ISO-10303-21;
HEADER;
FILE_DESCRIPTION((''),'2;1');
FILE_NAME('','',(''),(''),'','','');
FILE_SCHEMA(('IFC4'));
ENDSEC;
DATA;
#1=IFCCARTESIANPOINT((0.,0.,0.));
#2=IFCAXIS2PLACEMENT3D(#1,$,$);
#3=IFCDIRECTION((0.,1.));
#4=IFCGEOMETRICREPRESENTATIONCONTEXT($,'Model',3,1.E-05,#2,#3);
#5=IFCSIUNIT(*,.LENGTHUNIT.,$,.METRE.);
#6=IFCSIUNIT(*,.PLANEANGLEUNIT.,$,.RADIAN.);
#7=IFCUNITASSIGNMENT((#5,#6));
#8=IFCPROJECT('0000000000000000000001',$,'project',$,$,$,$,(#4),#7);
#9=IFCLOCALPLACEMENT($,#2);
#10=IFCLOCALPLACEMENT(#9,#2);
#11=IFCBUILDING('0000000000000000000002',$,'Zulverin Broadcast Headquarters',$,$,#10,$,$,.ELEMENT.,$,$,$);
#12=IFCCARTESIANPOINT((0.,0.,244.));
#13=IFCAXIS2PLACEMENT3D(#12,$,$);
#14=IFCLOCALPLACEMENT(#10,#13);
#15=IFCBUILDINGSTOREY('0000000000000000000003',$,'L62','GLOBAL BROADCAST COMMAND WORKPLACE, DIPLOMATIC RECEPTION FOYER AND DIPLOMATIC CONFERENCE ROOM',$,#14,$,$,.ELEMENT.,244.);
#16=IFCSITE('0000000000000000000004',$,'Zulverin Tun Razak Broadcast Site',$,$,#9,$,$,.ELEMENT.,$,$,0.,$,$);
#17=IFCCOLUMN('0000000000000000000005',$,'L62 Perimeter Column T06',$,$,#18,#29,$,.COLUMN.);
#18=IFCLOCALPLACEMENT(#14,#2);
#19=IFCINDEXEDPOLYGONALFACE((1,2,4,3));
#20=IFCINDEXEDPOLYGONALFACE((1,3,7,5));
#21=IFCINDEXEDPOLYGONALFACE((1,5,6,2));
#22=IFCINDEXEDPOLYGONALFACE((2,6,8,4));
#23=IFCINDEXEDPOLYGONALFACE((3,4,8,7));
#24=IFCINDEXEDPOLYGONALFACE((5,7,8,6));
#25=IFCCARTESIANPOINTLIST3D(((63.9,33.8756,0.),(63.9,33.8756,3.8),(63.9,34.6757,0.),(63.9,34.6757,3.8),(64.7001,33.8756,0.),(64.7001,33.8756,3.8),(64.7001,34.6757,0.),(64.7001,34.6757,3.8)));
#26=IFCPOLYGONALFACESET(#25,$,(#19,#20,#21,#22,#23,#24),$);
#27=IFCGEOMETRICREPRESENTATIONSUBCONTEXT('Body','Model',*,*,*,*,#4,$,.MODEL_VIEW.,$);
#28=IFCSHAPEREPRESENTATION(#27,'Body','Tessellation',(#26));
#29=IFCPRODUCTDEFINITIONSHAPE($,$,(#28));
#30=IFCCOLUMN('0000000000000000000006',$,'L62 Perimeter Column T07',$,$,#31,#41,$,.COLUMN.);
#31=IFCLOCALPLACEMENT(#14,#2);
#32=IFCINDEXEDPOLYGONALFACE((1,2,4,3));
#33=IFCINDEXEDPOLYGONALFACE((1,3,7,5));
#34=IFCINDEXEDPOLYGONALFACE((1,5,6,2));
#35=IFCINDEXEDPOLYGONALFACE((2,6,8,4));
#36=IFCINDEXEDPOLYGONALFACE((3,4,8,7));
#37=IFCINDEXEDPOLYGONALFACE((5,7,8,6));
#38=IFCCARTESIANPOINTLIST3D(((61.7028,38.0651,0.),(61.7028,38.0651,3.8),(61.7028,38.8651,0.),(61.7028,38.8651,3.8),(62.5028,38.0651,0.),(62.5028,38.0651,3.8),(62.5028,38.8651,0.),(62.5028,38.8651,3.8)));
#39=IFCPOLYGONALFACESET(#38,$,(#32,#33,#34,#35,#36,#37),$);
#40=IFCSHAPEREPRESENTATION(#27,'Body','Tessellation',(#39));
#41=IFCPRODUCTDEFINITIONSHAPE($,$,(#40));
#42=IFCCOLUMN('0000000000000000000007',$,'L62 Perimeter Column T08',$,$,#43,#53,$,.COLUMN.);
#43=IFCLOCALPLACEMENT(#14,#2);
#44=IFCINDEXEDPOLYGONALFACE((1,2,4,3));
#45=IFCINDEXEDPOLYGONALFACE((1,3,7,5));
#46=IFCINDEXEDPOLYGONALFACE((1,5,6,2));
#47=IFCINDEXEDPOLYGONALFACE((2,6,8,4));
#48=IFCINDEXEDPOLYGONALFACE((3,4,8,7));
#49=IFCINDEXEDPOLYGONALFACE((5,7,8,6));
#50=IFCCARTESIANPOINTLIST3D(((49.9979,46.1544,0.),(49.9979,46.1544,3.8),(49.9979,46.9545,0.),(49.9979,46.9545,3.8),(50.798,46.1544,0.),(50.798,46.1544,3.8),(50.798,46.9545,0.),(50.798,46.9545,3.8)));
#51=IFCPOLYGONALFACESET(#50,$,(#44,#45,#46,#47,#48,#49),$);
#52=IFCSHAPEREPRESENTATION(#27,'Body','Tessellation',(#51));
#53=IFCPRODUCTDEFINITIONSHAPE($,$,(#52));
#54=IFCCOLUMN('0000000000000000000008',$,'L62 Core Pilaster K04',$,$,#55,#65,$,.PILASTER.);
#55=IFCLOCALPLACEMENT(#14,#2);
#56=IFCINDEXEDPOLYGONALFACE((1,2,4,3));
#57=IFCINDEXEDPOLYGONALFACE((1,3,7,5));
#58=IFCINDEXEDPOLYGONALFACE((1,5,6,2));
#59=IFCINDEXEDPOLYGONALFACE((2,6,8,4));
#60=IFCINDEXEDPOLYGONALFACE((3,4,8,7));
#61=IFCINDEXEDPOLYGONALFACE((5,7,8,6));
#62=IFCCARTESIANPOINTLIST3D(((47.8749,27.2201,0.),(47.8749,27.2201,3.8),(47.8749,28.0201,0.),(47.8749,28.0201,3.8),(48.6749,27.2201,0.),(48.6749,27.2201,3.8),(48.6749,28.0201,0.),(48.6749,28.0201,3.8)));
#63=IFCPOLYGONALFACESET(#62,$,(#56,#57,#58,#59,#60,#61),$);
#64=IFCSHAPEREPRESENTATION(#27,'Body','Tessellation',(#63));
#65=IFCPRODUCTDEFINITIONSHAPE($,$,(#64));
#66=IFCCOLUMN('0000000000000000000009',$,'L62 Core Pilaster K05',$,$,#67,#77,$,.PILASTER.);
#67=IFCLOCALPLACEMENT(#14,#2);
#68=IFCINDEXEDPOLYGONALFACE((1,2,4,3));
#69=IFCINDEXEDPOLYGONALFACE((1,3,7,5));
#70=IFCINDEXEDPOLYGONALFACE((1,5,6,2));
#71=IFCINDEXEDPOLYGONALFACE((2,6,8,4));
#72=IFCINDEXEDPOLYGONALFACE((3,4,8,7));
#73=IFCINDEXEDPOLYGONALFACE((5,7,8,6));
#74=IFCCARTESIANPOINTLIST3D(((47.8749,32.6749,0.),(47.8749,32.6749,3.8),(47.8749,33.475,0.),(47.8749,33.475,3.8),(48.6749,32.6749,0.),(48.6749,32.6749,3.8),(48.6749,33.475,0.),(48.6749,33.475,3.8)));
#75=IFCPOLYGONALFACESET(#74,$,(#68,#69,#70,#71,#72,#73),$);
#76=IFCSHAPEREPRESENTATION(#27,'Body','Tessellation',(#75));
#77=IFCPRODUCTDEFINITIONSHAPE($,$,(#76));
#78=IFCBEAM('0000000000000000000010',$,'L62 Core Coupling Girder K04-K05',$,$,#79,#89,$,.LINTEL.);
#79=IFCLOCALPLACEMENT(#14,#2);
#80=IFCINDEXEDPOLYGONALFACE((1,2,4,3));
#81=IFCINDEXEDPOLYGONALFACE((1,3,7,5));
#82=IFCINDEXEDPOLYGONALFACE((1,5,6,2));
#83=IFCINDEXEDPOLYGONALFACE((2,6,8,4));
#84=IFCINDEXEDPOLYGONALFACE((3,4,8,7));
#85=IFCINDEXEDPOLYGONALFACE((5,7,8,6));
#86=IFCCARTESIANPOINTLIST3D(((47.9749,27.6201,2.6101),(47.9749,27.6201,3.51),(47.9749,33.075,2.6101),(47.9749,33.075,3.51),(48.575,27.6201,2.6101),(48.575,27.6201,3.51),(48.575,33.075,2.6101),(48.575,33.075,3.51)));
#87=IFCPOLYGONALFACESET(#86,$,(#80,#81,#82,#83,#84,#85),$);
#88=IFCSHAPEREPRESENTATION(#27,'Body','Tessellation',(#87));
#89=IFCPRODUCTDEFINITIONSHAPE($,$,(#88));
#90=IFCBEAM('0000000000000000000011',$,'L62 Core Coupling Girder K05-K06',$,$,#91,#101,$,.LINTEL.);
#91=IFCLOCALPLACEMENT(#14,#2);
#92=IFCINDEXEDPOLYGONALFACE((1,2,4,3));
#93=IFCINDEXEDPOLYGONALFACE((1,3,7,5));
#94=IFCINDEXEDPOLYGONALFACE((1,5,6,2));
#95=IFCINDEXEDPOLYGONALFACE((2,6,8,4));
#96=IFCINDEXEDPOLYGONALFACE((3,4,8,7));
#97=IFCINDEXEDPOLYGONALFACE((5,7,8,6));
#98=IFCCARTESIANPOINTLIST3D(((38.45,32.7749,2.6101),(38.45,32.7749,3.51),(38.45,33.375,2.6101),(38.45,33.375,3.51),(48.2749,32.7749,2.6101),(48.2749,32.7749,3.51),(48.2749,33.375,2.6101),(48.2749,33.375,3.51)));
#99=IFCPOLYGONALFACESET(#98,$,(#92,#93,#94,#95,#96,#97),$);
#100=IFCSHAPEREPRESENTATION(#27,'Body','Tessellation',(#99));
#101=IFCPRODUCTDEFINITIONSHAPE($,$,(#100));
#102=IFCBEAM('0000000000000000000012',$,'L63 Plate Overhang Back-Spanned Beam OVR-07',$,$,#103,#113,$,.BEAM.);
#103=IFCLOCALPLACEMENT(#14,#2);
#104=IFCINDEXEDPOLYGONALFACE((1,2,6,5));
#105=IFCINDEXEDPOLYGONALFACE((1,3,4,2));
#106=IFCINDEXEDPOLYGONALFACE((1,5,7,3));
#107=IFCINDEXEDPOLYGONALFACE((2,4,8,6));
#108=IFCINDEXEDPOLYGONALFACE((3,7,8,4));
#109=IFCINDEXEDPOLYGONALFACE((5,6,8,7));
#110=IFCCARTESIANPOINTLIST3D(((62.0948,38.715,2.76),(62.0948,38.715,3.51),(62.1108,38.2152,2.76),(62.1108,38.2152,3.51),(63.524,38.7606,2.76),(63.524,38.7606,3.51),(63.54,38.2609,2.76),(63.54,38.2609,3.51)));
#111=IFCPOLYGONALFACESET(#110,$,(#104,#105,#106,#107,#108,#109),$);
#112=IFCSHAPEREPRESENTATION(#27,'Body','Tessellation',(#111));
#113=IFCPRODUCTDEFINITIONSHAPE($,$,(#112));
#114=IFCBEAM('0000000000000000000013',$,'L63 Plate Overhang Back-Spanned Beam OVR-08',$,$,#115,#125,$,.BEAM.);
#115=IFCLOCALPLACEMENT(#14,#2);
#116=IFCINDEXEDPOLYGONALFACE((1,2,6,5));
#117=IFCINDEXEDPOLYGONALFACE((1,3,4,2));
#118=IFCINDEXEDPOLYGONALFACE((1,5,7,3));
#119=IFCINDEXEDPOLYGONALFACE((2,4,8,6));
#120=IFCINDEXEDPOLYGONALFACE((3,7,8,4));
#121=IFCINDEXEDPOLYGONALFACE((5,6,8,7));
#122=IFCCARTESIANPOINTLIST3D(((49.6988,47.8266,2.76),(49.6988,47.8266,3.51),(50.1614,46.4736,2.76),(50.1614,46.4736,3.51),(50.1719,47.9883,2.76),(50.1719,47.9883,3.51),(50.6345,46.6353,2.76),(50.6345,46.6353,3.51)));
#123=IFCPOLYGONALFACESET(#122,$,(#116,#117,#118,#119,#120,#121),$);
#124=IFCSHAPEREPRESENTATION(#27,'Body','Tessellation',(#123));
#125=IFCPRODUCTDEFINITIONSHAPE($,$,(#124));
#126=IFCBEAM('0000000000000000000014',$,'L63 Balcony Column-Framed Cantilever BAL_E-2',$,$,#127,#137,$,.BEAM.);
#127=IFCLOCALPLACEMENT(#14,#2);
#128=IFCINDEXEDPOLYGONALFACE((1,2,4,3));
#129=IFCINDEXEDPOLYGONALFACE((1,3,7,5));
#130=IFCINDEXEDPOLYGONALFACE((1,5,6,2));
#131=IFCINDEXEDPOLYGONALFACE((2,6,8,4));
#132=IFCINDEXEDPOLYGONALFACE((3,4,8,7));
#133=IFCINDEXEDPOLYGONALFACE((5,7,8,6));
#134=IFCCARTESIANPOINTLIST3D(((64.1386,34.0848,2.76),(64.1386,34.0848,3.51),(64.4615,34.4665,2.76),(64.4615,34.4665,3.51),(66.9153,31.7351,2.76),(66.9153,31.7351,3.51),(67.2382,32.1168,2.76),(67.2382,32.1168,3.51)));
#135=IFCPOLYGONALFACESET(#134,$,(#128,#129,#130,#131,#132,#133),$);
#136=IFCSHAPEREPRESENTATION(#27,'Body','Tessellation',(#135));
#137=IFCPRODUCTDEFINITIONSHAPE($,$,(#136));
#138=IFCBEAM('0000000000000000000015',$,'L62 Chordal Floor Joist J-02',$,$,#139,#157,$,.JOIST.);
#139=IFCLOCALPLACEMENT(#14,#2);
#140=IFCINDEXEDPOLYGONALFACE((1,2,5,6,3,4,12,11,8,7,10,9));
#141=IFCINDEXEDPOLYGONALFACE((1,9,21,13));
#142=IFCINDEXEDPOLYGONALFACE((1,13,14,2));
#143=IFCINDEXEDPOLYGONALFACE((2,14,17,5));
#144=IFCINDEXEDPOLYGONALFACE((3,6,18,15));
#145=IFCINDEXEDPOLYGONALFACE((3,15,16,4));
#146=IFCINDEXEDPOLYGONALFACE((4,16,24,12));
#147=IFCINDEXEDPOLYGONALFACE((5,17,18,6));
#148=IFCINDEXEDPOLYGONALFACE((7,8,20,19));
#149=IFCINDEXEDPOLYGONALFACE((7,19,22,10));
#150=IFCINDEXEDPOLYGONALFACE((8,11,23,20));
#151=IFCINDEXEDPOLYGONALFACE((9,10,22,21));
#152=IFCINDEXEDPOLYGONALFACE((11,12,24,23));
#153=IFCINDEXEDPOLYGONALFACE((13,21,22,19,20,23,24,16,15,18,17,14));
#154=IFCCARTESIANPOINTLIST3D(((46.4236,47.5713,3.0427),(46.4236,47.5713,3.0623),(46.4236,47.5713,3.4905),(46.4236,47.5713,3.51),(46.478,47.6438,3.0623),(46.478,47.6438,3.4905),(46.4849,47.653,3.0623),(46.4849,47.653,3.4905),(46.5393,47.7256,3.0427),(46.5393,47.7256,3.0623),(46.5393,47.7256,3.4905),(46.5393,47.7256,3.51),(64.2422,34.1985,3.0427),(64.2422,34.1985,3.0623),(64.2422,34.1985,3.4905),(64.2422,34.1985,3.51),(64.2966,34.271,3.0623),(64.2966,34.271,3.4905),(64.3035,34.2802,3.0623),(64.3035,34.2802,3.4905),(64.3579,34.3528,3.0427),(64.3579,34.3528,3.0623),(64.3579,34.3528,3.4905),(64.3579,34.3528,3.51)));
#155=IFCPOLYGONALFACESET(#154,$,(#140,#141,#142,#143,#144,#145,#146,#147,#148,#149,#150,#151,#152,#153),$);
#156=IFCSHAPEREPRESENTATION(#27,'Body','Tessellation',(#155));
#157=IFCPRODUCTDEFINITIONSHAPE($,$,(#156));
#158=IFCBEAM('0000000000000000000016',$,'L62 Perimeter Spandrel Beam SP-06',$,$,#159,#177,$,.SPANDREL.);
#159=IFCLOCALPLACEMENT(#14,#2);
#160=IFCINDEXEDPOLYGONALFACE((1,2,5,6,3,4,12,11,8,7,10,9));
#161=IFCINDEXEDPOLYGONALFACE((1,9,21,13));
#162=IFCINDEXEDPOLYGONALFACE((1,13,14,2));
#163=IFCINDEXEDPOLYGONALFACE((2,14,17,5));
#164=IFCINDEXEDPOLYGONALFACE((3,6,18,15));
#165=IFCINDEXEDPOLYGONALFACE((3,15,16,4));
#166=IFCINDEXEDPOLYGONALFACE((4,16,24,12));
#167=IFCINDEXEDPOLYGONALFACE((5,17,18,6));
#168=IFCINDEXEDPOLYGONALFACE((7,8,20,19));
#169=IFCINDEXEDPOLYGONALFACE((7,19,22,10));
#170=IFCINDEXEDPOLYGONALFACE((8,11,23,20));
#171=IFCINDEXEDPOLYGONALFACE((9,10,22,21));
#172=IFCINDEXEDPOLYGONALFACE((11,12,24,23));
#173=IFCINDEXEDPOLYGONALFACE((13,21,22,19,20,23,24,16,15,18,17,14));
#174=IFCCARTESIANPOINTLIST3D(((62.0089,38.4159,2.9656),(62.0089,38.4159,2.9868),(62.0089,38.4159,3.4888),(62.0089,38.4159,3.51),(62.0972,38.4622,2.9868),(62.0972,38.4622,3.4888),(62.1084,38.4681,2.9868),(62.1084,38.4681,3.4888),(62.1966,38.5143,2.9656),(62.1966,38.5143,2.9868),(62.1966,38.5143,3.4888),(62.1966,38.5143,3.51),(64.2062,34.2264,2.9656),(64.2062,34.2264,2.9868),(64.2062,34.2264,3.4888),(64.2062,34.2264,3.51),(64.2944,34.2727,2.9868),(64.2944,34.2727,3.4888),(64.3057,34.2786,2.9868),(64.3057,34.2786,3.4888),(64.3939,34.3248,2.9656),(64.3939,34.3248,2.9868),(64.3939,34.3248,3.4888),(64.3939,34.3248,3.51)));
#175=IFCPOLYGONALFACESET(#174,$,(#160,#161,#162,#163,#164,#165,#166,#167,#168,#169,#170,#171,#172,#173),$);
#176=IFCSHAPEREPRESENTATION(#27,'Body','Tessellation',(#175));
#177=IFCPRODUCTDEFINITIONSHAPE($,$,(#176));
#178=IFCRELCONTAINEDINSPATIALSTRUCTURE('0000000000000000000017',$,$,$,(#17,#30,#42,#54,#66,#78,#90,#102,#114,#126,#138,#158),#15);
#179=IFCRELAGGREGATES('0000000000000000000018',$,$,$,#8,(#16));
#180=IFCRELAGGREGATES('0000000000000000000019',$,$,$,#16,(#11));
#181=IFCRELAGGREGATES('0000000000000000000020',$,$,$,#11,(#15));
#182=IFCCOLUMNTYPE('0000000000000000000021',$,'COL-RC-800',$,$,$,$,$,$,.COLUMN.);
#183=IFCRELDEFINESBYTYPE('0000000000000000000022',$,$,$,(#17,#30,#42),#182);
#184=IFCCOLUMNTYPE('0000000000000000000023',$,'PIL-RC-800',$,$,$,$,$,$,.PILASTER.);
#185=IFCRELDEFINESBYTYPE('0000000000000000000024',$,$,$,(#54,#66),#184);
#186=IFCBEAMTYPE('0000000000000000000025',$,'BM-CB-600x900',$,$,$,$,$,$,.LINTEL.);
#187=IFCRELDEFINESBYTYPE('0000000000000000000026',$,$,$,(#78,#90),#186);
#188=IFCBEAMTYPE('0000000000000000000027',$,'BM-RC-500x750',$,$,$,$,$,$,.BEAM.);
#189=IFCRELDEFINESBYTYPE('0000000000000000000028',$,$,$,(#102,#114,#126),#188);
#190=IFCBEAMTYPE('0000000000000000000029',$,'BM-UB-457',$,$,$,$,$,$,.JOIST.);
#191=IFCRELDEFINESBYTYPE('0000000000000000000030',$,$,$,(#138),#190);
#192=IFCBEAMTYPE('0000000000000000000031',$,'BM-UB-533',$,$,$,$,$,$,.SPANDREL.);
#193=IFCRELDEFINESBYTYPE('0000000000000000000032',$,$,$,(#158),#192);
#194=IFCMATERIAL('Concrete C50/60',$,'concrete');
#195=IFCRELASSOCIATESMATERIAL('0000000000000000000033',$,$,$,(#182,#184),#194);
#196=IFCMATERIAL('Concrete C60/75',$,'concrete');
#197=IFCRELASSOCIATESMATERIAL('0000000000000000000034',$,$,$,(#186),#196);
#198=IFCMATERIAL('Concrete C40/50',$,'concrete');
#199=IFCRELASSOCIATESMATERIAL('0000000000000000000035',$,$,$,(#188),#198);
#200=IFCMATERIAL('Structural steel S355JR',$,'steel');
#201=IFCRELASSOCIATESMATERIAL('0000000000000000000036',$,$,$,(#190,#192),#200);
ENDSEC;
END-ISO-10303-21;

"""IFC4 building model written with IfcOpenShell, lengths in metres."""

from ifc_helpers import new_model, si_unit, direction, frame, origin, origin_2d, place, context, subcontext, project, spatial, rectangle, i_section, extrude, material, material_profile, profile_set, type_object, element, save


model = new_model("IFC4")

# Units and contexts
model_context = context("Model", 3, precision=1e-05, world=origin(), true_north=direction((0.0, 1.0)))
body_context = subcontext(model_context, "Body", "Model", "MODEL_VIEW")
ifc_project = project(units=[si_unit("LENGTHUNIT", "METRE"), si_unit("PLANEANGLEUNIT", "RADIAN")], contexts=[model_context])

# Site, building, storey
site_placement = place(None, origin())
site = spatial("IfcSite", under=ifc_project, at=site_placement, Name="Zulverin Tun Razak Broadcast Site", CompositionType="ELEMENT", RefElevation=0.0)
building_placement = place(site_placement, origin())
building = spatial("IfcBuilding", under=site, at=building_placement, Name="Zulverin Broadcast Headquarters", CompositionType="ELEMENT")
storey_placement = place(building_placement, frame((0.0, 0.0, 244.0)))
storey = spatial("IfcBuildingStorey", under=building, at=storey_placement, Name="L62", Description="GLOBAL BROADCAST COMMAND WORKPLACE, DIPLOMATIC RECEPTION FOYER AND DIPLOMATIC CONFERENCE ROOM", CompositionType="ELEMENT", Elevation=244.0)

# Columns
ifc_material_1 = material(Name="Concrete C50/60", Category="concrete")
ifc_material_profile_1 = material_profile(ifc_material_1, rectangle(XDim=0.8, YDim=0.8, at=origin_2d()), Name="Concrete C50/60", Category="concrete")
ifc_profile_set_1 = profile_set([ifc_material_profile_1], Name="Concrete C50/60")
column_type_1 = type_object("IfcColumnType", Name="COL-RC-800", PredefinedType="COLUMN", material=ifc_profile_set_1)
for number, where, z_axis, x_axis, name in (
    (1, (64.3, 34.2756, 0.0), (0.0, 0.0, 1.0), (1.0, 0.0, 0.0), "L62 Perimeter Column T06"),
    (2, (62.1028, 38.4651, 0.0), (0.0, 0.0, 1.0), (1.0, 0.0, 0.0), "L62 Perimeter Column T07"),
    (3, (50.3979, 46.5544, 0.0), (0.0, 0.0, 1.0), (1.0, 0.0, 0.0), "L62 Perimeter Column T08"),
):
    element("IfcColumn", number, at=place(storey_placement, frame(where, z_axis=z_axis, x_axis=x_axis)), inside=storey, type_object=column_type_1, Name=name, PredefinedType="COLUMN", context=body_context, shape_type="SweptSolid", body=[
        extrude(rectangle(XDim=0.8, YDim=0.8, at=origin_2d()), origin(), (0.0, 0.0, 1.0), 3.8),
    ])
ifc_material_profile_2 = material_profile(ifc_material_1, rectangle(XDim=0.8, YDim=0.8, at=origin_2d()), Name="Concrete C50/60", Category="concrete")
ifc_profile_set_2 = profile_set([ifc_material_profile_2], Name="Concrete C50/60")
column_type_2 = type_object("IfcColumnType", Name="PIL-RC-800", PredefinedType="PILASTER", material=ifc_profile_set_2)
for number, where, z_axis, x_axis, name in (
    (4, (48.2749, 27.6201, 0.0), (0.0, 0.0, 1.0), (1.0, 0.0, 0.0), "L62 Core Pilaster K04"),
    (5, (48.2749, 33.075, 0.0), (0.0, 0.0, 1.0), (1.0, 0.0, 0.0), "L62 Core Pilaster K05"),
):
    element("IfcColumn", number, at=place(storey_placement, frame(where, z_axis=z_axis, x_axis=x_axis)), inside=storey, type_object=column_type_2, Name=name, PredefinedType="PILASTER", context=body_context, shape_type="SweptSolid", body=[
        extrude(rectangle(XDim=0.8, YDim=0.8, at=origin_2d()), origin(), (0.0, 0.0, 1.0), 3.8),
    ])

# Beams
ifc_material_2 = material(Name="Concrete C60/75", Category="concrete")
ifc_material_profile_3 = material_profile(ifc_material_2, rectangle(XDim=0.6001, YDim=0.8999, at=origin_2d()), Name="Concrete C60/75", Category="concrete")
ifc_profile_set_3 = profile_set([ifc_material_profile_3], Name="Concrete C60/75")
beam_type_1 = type_object("IfcBeamType", Name="BM-CB-600x900", PredefinedType="LINTEL", material=ifc_profile_set_3)
beam_1_placement = place(storey_placement, frame((48.2749, 27.6201, 3.0601), z_axis=(0.0, 1.0, 0.0), x_axis=(-1.0, 0.0, 0.0)))
element("IfcBeam", 6, at=beam_1_placement, inside=storey, type_object=beam_type_1, Name="L62 Core Coupling Girder K04-K05", PredefinedType="LINTEL", context=body_context, shape_type="SweptSolid", body=[
    extrude(rectangle(XDim=0.6001, YDim=0.8999, at=origin_2d()), origin(), (0.0, 0.0, 1.0), 5.4548),
])
beam_2_placement = place(storey_placement, frame((48.2749, 33.075, 3.0601), z_axis=(-1.0, 0.0, 0.0), x_axis=(0.0, -1.0, 0.0)))
element("IfcBeam", 7, at=beam_2_placement, inside=storey, type_object=beam_type_1, Name="L62 Core Coupling Girder K05-K06", PredefinedType="LINTEL", context=body_context, shape_type="SweptSolid", body=[
    extrude(rectangle(XDim=0.6001, YDim=0.8999, at=origin_2d()), origin(), (0.0, 0.0, 1.0), 9.825),
])
ifc_material_3 = material(Name="Concrete C40/50", Category="concrete")
ifc_material_profile_4 = material_profile(ifc_material_3, rectangle(XDim=0.5, YDim=0.75, at=origin_2d()), Name="Concrete C40/50", Category="concrete")
ifc_profile_set_4 = profile_set([ifc_material_profile_4], Name="Concrete C40/50")
beam_type_2 = type_object("IfcBeamType", Name="BM-RC-500x750", PredefinedType="BEAM", material=ifc_profile_set_4)
for number, where, z_axis, x_axis, name in (
    (8, (62.1028, 38.4651, 3.135), (0.99949, 0.031928, 0.0), (-0.031928, 0.99949, 0.0), "L63 Plate Overhang Back-Spanned Beam OVR-07"),
    (9, (50.3979, 46.5544, 3.135), (-0.323543, 0.946214, 0.0), (-0.946214, -0.323543, 0.0), "L63 Plate Overhang Back-Spanned Beam OVR-08"),
):
    element("IfcBeam", number, at=place(storey_placement, frame(where, z_axis=z_axis, x_axis=x_axis)), inside=storey, type_object=beam_type_2, Name=name, PredefinedType="BEAM", context=body_context, shape_type="SweptSolid", body=[
        extrude(rectangle(XDim=0.5, YDim=0.75, at=origin_2d()), origin(), (0.0, 0.0, 1.0), 1.4299),
    ])
beam_3_placement = place(storey_placement, frame((64.3, 34.2756, 3.135), z_axis=(0.763363, -0.645969, 0.0), x_axis=(0.645969, 0.763363, 0.0)))
element("IfcBeam", 10, at=beam_3_placement, inside=storey, type_object=beam_type_2, Name="L63 Balcony Column-Framed Cantilever BAL_E-2", PredefinedType="BEAM", context=body_context, shape_type="SweptSolid", body=[
    extrude(rectangle(XDim=0.5, YDim=0.75, at=origin_2d()), origin(), (0.0, 0.0, 1.0), 3.6375),
])
ifc_material_4 = material(Name="Structural steel S355JR", Category="steel")
ifc_material_profile_5 = material_profile(ifc_material_4, i_section(OverallWidth=0.1929, OverallDepth=0.4673, WebThickness=0.0115, FlangeThickness=0.0195, at=origin_2d()), Name="Structural steel S355JR", Category="steel")
ifc_profile_set_5 = profile_set([ifc_material_profile_5], Name="Structural steel S355JR")
beam_type_3 = type_object("IfcBeamType", Name="BM-UB-457", PredefinedType="JOIST", material=ifc_profile_set_5)
beam_4_placement = place(storey_placement, frame((64.3, 34.2756, 3.2764), z_axis=(-0.799809, 0.600254, 0.0), x_axis=(-0.600254, -0.799809, 0.0)))
element("IfcBeam", 11, at=beam_4_placement, inside=storey, type_object=beam_type_3, Name="L62 Chordal Floor Joist J-02", PredefinedType="JOIST", context=body_context, shape_type="SweptSolid", body=[
    extrude(i_section(OverallWidth=0.1929, OverallDepth=0.4673, WebThickness=0.0115, FlangeThickness=0.0195, at=origin_2d()), origin(), (0.0, 0.0, 1.0), 22.2786),
])
ifc_material_profile_6 = material_profile(ifc_material_4, i_section(OverallWidth=0.2119, OverallDepth=0.5444, WebThickness=0.0127, FlangeThickness=0.0212, at=origin_2d()), Name="Structural steel S355JR", Category="steel")
ifc_profile_set_6 = profile_set([ifc_material_profile_6], Name="Structural steel S355JR")
beam_type_4 = type_object("IfcBeamType", Name="BM-UB-533", PredefinedType="SPANDREL", material=ifc_profile_set_6)
beam_5_placement = place(storey_placement, frame((64.3, 34.2756, 3.2378), z_axis=(-0.46447, 0.885589, 0.0), x_axis=(-0.885589, -0.46447, 0.0)))
element("IfcBeam", 12, at=beam_5_placement, inside=storey, type_object=beam_type_4, Name="L62 Perimeter Spandrel Beam SP-06", PredefinedType="SPANDREL", context=body_context, shape_type="SweptSolid", body=[
    extrude(i_section(OverallWidth=0.2119, OverallDepth=0.5444, WebThickness=0.0127, FlangeThickness=0.0212, at=origin_2d()), origin(), (0.0, 0.0, 1.0), 4.7307),
])

save(model, "model.ifc")
